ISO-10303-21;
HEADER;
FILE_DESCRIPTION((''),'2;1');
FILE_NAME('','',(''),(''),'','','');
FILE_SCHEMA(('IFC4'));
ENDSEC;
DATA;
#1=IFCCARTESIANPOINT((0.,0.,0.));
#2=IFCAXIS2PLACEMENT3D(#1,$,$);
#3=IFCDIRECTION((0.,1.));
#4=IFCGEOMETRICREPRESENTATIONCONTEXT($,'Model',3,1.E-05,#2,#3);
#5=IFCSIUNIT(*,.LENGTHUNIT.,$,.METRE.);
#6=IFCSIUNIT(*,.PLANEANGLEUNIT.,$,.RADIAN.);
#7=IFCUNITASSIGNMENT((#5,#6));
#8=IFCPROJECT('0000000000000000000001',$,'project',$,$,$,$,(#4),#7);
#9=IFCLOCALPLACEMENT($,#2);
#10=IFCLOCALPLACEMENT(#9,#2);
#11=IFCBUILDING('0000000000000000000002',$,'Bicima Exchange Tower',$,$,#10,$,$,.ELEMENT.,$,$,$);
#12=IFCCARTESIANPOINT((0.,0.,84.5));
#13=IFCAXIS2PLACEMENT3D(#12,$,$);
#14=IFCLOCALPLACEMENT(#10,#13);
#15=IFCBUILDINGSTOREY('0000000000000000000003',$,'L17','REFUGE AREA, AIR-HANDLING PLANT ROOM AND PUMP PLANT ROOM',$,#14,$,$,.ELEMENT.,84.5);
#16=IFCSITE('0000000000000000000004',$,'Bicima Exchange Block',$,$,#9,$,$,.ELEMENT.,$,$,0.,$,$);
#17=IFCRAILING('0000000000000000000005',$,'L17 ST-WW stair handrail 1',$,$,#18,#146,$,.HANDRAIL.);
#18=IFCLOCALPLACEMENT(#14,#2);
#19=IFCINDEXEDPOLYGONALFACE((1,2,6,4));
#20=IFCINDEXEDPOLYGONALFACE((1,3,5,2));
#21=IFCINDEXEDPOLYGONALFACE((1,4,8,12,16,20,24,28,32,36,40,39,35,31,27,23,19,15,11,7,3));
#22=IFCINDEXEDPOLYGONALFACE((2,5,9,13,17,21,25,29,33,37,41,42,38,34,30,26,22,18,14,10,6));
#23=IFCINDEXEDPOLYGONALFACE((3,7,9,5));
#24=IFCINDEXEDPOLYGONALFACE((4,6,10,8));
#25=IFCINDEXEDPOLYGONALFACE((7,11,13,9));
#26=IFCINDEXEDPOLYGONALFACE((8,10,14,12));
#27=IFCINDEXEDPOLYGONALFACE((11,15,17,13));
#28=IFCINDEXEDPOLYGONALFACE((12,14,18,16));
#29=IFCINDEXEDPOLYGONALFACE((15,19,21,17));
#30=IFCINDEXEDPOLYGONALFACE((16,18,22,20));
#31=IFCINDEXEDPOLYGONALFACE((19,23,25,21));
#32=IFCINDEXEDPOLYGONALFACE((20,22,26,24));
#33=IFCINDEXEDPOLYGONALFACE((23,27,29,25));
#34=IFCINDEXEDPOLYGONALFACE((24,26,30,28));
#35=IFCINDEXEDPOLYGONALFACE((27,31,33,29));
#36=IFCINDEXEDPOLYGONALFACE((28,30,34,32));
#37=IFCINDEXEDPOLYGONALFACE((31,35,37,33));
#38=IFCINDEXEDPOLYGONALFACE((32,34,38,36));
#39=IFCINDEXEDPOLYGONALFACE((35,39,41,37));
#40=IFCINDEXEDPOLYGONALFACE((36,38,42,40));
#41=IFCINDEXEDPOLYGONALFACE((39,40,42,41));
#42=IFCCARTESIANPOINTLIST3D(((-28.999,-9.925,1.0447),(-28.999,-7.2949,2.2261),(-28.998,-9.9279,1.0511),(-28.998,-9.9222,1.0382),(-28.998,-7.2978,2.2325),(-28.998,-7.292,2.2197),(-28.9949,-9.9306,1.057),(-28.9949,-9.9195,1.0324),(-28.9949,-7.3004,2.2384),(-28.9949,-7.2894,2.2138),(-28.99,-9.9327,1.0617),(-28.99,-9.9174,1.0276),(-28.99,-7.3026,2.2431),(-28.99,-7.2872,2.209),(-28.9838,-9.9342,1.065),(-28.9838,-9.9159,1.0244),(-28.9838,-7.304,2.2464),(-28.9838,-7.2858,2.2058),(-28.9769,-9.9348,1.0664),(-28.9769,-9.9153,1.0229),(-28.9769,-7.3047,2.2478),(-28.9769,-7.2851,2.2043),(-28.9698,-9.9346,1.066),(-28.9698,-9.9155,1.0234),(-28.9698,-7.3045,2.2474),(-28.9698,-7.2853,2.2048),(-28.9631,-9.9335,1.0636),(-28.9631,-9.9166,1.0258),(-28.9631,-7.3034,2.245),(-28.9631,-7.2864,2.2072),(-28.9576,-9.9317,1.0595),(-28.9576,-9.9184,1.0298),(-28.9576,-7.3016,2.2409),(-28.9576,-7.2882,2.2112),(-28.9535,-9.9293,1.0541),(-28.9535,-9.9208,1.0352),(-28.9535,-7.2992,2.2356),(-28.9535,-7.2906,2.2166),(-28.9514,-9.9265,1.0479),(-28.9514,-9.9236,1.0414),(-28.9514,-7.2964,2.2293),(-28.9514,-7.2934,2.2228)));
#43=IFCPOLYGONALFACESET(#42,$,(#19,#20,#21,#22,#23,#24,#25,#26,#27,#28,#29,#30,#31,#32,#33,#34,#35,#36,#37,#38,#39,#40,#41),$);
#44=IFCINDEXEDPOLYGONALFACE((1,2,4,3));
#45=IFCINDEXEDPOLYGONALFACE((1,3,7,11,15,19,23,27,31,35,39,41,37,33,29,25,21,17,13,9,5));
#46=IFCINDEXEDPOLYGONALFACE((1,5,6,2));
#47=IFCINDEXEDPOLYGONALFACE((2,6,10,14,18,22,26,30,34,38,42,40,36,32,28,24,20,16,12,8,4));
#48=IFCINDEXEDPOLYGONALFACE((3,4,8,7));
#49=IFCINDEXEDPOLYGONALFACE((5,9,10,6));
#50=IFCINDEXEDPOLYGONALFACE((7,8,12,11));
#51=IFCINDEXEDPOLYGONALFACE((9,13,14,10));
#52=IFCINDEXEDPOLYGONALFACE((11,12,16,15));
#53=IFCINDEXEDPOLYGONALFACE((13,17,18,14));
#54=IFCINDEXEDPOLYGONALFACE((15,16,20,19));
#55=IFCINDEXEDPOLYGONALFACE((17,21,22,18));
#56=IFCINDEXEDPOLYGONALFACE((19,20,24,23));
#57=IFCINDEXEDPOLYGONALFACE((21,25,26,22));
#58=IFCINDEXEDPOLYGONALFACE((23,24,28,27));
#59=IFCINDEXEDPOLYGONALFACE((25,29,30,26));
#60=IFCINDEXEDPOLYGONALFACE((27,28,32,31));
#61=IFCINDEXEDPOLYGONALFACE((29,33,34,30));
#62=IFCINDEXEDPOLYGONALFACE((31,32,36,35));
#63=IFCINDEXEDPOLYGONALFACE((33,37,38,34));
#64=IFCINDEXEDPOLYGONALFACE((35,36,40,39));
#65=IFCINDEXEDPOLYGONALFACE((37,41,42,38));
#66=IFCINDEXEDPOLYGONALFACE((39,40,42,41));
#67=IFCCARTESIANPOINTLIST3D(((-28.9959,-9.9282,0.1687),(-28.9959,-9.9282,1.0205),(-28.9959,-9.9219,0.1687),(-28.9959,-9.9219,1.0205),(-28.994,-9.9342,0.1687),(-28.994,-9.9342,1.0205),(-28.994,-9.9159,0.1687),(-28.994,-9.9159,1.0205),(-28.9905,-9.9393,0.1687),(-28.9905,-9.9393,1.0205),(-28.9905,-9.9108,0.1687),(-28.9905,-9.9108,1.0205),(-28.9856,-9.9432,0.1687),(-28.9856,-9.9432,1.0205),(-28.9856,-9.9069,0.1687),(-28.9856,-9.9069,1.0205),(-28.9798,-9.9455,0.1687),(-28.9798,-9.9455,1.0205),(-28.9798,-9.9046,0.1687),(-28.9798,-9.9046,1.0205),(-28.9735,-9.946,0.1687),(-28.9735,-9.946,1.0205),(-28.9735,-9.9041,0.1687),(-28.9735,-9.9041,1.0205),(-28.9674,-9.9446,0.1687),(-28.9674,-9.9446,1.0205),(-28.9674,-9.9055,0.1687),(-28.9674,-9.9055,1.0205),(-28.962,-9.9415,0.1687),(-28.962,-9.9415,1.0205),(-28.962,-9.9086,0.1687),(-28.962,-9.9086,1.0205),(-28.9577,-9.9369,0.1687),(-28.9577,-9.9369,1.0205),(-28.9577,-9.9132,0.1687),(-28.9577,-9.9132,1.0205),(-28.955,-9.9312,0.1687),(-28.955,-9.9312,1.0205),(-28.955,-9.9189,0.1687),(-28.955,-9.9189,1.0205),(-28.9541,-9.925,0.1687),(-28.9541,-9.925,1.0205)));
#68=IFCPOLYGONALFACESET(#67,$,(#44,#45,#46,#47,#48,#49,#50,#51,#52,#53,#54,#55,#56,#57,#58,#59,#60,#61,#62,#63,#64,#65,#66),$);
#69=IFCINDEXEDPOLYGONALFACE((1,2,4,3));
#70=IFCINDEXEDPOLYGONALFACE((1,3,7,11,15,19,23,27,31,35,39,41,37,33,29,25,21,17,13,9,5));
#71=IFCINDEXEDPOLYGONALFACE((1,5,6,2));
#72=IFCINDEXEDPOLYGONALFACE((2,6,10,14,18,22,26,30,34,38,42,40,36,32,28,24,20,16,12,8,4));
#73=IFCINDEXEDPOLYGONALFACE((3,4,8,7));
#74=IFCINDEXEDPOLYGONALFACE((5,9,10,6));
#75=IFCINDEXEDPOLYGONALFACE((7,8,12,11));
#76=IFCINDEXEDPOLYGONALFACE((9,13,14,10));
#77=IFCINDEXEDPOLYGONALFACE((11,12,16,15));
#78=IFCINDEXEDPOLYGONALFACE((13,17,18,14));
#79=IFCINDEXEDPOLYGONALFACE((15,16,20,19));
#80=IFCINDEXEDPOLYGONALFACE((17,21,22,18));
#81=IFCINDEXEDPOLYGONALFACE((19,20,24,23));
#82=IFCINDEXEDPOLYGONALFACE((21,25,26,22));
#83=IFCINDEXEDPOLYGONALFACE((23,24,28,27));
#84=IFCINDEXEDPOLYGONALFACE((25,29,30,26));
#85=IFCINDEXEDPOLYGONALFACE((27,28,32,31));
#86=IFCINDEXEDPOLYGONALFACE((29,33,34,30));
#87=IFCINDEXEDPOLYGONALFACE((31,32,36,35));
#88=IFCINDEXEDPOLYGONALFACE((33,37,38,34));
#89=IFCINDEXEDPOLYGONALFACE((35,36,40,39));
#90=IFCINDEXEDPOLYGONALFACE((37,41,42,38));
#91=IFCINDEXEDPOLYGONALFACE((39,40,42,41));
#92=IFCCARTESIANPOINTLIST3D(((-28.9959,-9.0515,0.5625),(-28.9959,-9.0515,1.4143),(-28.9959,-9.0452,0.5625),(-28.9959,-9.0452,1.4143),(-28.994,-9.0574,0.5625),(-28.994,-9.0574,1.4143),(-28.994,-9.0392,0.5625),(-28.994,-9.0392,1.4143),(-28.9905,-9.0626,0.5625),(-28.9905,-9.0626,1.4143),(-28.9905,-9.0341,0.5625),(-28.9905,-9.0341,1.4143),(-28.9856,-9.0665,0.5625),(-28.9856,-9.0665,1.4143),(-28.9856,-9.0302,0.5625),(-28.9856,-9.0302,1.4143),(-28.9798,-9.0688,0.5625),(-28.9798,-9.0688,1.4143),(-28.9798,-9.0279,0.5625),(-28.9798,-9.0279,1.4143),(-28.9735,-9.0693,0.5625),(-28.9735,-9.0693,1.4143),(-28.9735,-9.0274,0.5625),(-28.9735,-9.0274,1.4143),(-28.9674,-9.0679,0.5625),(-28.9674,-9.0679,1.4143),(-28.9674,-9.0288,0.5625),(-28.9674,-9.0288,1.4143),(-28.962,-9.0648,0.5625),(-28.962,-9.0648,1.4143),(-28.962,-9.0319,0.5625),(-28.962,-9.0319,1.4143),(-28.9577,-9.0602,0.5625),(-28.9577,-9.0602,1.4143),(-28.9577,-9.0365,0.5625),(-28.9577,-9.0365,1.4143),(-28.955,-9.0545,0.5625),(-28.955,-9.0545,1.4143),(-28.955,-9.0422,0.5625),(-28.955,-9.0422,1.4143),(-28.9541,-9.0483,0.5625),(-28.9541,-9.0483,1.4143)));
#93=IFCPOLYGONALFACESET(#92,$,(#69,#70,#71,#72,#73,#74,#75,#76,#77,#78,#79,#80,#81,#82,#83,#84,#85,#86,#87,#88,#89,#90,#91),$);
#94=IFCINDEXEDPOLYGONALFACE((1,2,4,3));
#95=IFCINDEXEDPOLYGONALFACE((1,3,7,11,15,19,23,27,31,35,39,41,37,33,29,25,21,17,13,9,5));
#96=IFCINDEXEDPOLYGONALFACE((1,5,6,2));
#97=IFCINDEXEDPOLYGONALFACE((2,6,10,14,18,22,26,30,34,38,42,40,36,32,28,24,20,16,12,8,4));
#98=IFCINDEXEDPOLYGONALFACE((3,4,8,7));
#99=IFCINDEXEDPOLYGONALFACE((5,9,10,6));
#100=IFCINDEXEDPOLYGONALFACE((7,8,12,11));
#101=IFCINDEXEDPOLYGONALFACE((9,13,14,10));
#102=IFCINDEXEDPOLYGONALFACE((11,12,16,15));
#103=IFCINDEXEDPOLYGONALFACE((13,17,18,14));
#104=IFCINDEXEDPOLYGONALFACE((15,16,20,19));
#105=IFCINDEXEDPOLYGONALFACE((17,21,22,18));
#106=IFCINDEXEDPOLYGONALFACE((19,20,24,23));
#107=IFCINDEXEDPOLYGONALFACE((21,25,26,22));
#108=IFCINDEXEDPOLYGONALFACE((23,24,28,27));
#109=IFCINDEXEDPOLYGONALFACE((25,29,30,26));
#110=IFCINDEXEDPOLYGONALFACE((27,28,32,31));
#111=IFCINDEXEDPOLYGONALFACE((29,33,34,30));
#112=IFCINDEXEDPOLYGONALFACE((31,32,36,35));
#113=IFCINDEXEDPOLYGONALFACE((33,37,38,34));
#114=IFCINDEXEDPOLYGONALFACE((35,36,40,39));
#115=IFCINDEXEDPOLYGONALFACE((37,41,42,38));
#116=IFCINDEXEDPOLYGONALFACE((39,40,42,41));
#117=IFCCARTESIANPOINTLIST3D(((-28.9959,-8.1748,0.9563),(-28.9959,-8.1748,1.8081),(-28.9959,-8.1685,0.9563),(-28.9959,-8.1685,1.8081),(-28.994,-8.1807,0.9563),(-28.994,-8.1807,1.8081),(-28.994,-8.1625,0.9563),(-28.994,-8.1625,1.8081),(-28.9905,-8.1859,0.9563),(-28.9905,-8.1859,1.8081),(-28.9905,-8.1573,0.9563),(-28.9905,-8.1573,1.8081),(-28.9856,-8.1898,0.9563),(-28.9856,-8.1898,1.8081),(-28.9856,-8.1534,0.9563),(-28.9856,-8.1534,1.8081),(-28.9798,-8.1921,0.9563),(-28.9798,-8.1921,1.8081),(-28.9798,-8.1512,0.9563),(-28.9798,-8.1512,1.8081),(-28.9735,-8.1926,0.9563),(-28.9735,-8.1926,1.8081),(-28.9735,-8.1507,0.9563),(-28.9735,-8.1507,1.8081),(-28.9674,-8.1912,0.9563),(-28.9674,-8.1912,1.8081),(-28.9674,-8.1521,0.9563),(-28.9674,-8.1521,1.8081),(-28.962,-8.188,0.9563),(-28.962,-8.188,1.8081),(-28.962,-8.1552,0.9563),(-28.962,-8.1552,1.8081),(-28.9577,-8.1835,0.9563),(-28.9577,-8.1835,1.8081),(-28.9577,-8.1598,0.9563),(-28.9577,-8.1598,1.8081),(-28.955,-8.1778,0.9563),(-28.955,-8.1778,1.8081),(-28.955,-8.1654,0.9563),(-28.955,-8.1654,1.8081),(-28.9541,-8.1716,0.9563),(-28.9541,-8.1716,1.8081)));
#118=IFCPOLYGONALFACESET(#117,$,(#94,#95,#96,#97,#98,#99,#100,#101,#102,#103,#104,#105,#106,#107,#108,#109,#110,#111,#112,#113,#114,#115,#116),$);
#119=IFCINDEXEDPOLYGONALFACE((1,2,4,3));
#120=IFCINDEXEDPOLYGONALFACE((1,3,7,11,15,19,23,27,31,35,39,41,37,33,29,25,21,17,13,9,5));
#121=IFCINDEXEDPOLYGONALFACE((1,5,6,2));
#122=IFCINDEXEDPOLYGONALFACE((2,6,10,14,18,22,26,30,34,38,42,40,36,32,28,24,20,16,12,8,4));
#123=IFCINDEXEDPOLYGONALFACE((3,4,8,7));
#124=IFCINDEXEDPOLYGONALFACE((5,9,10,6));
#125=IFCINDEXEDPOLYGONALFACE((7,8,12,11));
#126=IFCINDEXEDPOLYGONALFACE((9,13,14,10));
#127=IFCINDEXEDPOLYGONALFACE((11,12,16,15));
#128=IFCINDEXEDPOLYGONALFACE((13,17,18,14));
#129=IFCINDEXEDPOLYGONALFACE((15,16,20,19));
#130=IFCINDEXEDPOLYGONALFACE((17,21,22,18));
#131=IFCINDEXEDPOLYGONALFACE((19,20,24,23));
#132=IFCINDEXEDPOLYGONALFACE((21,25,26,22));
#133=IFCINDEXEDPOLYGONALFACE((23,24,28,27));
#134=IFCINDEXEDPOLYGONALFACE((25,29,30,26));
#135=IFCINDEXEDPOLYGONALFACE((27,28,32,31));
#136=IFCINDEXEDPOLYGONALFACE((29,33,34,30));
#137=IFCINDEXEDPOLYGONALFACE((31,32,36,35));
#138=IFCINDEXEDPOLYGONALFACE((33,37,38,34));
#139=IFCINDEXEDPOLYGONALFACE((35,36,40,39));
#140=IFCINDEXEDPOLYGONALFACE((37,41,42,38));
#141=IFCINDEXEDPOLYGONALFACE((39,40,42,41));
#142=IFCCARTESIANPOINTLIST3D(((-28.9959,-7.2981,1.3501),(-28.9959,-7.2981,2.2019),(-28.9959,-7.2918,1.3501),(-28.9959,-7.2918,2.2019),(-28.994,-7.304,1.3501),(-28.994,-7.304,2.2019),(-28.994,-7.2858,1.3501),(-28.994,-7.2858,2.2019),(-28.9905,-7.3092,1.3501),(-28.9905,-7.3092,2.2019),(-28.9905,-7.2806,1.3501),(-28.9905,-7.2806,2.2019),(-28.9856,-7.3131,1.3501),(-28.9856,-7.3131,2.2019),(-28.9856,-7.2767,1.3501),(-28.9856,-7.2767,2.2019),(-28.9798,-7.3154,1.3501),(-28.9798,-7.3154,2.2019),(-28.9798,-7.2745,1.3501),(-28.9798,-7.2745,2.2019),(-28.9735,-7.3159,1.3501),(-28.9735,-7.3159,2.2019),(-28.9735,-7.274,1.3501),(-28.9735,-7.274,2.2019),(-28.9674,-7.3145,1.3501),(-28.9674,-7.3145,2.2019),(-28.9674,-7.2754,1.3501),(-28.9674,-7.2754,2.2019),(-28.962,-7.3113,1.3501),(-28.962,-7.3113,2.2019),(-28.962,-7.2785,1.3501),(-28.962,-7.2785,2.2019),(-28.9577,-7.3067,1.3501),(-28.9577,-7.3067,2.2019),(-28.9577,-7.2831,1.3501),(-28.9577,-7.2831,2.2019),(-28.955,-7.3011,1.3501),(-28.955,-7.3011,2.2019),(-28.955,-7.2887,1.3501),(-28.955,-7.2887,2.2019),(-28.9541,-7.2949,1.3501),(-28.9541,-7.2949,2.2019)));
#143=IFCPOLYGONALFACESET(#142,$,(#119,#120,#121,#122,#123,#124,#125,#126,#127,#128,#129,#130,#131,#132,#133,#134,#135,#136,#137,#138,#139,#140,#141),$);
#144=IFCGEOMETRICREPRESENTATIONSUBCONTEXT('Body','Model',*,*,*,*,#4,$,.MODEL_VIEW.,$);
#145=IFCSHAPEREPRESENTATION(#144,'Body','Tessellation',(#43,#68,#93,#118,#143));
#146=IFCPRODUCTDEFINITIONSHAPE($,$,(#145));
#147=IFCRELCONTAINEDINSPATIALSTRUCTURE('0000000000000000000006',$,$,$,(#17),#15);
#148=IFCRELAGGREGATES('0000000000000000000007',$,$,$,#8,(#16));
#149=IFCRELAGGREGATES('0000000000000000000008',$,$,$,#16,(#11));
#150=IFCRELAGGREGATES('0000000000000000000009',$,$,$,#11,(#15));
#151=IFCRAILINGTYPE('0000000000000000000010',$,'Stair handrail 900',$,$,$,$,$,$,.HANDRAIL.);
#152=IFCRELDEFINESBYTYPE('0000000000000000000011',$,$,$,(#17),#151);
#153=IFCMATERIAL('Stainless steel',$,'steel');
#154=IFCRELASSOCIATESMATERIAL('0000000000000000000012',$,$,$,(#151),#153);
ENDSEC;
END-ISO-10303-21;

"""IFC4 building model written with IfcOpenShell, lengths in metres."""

from ifc_helpers import new_model, si_unit, direction, frame, origin, origin_2d, place, context, subcontext, project, spatial, circle, extrude, material, type_object, element, save


model = new_model("IFC4")

# Units and contexts
model_context = context("Model", 3, precision=1e-05, world=origin(), true_north=direction((0.0, 1.0)))
body_context = subcontext(model_context, "Body", "Model", "MODEL_VIEW")
ifc_project = project(units=[si_unit("LENGTHUNIT", "METRE"), si_unit("PLANEANGLEUNIT", "RADIAN")], contexts=[model_context])

# Site, building, storey
site_placement = place(None, origin())
site = spatial("IfcSite", under=ifc_project, at=site_placement, Name="Bicima Exchange Block", CompositionType="ELEMENT", RefElevation=0.0)
building_placement = place(site_placement, origin())
building = spatial("IfcBuilding", under=site, at=building_placement, Name="Bicima Exchange Tower", CompositionType="ELEMENT")
storey_placement = place(building_placement, frame((0.0, 0.0, 84.5)))
storey = spatial("IfcBuildingStorey", under=building, at=storey_placement, Name="L17", Description="REFUGE AREA, AIR-HANDLING PLANT ROOM AND PUMP PLANT ROOM", CompositionType="ELEMENT", Elevation=84.5)

# Railing
ifc_material_1 = material(Name="Stainless steel", Category="steel")
railing_type_1 = type_object("IfcRailingType", Name="Stair handrail 900", PredefinedType="HANDRAIL", material=ifc_material_1)
railing_1_placement = place(storey_placement, frame((-28.9751, -9.925, 0.1687)))
element("IfcRailing", 1, at=railing_1_placement, inside=storey, type_object=railing_type_1, Name="L17 ST-WW stair handrail 1", PredefinedType="HANDRAIL", context=body_context, shape_type="SweptSolid", body=[
    extrude(circle(Radius=0.0239, at=origin_2d()), frame((0.0, 0.0, 0.876), z_axis=(0.0, 0.912202, 0.409741), x_axis=(-1.0, 0.0, 0.0)), (0.0, 0.0, 1.0), 2.8833),
    extrude(circle(Radius=0.021, at=origin_2d()), origin(), (0.0, 0.0, 1.0), 0.8518),
    extrude(circle(Radius=0.021, at=origin_2d()), frame((0.0, 0.8767, 0.3938)), (0.0, 0.0, 1.0), 0.8518),
    extrude(circle(Radius=0.021, at=origin_2d()), frame((0.0, 1.7534, 0.7876)), (0.0, 0.0, 1.0), 0.8518),
    extrude(circle(Radius=0.021, at=origin_2d()), frame((0.0, 2.6301, 1.1814)), (0.0, 0.0, 1.0), 0.8518),
])

save(model, "model.ifc")
